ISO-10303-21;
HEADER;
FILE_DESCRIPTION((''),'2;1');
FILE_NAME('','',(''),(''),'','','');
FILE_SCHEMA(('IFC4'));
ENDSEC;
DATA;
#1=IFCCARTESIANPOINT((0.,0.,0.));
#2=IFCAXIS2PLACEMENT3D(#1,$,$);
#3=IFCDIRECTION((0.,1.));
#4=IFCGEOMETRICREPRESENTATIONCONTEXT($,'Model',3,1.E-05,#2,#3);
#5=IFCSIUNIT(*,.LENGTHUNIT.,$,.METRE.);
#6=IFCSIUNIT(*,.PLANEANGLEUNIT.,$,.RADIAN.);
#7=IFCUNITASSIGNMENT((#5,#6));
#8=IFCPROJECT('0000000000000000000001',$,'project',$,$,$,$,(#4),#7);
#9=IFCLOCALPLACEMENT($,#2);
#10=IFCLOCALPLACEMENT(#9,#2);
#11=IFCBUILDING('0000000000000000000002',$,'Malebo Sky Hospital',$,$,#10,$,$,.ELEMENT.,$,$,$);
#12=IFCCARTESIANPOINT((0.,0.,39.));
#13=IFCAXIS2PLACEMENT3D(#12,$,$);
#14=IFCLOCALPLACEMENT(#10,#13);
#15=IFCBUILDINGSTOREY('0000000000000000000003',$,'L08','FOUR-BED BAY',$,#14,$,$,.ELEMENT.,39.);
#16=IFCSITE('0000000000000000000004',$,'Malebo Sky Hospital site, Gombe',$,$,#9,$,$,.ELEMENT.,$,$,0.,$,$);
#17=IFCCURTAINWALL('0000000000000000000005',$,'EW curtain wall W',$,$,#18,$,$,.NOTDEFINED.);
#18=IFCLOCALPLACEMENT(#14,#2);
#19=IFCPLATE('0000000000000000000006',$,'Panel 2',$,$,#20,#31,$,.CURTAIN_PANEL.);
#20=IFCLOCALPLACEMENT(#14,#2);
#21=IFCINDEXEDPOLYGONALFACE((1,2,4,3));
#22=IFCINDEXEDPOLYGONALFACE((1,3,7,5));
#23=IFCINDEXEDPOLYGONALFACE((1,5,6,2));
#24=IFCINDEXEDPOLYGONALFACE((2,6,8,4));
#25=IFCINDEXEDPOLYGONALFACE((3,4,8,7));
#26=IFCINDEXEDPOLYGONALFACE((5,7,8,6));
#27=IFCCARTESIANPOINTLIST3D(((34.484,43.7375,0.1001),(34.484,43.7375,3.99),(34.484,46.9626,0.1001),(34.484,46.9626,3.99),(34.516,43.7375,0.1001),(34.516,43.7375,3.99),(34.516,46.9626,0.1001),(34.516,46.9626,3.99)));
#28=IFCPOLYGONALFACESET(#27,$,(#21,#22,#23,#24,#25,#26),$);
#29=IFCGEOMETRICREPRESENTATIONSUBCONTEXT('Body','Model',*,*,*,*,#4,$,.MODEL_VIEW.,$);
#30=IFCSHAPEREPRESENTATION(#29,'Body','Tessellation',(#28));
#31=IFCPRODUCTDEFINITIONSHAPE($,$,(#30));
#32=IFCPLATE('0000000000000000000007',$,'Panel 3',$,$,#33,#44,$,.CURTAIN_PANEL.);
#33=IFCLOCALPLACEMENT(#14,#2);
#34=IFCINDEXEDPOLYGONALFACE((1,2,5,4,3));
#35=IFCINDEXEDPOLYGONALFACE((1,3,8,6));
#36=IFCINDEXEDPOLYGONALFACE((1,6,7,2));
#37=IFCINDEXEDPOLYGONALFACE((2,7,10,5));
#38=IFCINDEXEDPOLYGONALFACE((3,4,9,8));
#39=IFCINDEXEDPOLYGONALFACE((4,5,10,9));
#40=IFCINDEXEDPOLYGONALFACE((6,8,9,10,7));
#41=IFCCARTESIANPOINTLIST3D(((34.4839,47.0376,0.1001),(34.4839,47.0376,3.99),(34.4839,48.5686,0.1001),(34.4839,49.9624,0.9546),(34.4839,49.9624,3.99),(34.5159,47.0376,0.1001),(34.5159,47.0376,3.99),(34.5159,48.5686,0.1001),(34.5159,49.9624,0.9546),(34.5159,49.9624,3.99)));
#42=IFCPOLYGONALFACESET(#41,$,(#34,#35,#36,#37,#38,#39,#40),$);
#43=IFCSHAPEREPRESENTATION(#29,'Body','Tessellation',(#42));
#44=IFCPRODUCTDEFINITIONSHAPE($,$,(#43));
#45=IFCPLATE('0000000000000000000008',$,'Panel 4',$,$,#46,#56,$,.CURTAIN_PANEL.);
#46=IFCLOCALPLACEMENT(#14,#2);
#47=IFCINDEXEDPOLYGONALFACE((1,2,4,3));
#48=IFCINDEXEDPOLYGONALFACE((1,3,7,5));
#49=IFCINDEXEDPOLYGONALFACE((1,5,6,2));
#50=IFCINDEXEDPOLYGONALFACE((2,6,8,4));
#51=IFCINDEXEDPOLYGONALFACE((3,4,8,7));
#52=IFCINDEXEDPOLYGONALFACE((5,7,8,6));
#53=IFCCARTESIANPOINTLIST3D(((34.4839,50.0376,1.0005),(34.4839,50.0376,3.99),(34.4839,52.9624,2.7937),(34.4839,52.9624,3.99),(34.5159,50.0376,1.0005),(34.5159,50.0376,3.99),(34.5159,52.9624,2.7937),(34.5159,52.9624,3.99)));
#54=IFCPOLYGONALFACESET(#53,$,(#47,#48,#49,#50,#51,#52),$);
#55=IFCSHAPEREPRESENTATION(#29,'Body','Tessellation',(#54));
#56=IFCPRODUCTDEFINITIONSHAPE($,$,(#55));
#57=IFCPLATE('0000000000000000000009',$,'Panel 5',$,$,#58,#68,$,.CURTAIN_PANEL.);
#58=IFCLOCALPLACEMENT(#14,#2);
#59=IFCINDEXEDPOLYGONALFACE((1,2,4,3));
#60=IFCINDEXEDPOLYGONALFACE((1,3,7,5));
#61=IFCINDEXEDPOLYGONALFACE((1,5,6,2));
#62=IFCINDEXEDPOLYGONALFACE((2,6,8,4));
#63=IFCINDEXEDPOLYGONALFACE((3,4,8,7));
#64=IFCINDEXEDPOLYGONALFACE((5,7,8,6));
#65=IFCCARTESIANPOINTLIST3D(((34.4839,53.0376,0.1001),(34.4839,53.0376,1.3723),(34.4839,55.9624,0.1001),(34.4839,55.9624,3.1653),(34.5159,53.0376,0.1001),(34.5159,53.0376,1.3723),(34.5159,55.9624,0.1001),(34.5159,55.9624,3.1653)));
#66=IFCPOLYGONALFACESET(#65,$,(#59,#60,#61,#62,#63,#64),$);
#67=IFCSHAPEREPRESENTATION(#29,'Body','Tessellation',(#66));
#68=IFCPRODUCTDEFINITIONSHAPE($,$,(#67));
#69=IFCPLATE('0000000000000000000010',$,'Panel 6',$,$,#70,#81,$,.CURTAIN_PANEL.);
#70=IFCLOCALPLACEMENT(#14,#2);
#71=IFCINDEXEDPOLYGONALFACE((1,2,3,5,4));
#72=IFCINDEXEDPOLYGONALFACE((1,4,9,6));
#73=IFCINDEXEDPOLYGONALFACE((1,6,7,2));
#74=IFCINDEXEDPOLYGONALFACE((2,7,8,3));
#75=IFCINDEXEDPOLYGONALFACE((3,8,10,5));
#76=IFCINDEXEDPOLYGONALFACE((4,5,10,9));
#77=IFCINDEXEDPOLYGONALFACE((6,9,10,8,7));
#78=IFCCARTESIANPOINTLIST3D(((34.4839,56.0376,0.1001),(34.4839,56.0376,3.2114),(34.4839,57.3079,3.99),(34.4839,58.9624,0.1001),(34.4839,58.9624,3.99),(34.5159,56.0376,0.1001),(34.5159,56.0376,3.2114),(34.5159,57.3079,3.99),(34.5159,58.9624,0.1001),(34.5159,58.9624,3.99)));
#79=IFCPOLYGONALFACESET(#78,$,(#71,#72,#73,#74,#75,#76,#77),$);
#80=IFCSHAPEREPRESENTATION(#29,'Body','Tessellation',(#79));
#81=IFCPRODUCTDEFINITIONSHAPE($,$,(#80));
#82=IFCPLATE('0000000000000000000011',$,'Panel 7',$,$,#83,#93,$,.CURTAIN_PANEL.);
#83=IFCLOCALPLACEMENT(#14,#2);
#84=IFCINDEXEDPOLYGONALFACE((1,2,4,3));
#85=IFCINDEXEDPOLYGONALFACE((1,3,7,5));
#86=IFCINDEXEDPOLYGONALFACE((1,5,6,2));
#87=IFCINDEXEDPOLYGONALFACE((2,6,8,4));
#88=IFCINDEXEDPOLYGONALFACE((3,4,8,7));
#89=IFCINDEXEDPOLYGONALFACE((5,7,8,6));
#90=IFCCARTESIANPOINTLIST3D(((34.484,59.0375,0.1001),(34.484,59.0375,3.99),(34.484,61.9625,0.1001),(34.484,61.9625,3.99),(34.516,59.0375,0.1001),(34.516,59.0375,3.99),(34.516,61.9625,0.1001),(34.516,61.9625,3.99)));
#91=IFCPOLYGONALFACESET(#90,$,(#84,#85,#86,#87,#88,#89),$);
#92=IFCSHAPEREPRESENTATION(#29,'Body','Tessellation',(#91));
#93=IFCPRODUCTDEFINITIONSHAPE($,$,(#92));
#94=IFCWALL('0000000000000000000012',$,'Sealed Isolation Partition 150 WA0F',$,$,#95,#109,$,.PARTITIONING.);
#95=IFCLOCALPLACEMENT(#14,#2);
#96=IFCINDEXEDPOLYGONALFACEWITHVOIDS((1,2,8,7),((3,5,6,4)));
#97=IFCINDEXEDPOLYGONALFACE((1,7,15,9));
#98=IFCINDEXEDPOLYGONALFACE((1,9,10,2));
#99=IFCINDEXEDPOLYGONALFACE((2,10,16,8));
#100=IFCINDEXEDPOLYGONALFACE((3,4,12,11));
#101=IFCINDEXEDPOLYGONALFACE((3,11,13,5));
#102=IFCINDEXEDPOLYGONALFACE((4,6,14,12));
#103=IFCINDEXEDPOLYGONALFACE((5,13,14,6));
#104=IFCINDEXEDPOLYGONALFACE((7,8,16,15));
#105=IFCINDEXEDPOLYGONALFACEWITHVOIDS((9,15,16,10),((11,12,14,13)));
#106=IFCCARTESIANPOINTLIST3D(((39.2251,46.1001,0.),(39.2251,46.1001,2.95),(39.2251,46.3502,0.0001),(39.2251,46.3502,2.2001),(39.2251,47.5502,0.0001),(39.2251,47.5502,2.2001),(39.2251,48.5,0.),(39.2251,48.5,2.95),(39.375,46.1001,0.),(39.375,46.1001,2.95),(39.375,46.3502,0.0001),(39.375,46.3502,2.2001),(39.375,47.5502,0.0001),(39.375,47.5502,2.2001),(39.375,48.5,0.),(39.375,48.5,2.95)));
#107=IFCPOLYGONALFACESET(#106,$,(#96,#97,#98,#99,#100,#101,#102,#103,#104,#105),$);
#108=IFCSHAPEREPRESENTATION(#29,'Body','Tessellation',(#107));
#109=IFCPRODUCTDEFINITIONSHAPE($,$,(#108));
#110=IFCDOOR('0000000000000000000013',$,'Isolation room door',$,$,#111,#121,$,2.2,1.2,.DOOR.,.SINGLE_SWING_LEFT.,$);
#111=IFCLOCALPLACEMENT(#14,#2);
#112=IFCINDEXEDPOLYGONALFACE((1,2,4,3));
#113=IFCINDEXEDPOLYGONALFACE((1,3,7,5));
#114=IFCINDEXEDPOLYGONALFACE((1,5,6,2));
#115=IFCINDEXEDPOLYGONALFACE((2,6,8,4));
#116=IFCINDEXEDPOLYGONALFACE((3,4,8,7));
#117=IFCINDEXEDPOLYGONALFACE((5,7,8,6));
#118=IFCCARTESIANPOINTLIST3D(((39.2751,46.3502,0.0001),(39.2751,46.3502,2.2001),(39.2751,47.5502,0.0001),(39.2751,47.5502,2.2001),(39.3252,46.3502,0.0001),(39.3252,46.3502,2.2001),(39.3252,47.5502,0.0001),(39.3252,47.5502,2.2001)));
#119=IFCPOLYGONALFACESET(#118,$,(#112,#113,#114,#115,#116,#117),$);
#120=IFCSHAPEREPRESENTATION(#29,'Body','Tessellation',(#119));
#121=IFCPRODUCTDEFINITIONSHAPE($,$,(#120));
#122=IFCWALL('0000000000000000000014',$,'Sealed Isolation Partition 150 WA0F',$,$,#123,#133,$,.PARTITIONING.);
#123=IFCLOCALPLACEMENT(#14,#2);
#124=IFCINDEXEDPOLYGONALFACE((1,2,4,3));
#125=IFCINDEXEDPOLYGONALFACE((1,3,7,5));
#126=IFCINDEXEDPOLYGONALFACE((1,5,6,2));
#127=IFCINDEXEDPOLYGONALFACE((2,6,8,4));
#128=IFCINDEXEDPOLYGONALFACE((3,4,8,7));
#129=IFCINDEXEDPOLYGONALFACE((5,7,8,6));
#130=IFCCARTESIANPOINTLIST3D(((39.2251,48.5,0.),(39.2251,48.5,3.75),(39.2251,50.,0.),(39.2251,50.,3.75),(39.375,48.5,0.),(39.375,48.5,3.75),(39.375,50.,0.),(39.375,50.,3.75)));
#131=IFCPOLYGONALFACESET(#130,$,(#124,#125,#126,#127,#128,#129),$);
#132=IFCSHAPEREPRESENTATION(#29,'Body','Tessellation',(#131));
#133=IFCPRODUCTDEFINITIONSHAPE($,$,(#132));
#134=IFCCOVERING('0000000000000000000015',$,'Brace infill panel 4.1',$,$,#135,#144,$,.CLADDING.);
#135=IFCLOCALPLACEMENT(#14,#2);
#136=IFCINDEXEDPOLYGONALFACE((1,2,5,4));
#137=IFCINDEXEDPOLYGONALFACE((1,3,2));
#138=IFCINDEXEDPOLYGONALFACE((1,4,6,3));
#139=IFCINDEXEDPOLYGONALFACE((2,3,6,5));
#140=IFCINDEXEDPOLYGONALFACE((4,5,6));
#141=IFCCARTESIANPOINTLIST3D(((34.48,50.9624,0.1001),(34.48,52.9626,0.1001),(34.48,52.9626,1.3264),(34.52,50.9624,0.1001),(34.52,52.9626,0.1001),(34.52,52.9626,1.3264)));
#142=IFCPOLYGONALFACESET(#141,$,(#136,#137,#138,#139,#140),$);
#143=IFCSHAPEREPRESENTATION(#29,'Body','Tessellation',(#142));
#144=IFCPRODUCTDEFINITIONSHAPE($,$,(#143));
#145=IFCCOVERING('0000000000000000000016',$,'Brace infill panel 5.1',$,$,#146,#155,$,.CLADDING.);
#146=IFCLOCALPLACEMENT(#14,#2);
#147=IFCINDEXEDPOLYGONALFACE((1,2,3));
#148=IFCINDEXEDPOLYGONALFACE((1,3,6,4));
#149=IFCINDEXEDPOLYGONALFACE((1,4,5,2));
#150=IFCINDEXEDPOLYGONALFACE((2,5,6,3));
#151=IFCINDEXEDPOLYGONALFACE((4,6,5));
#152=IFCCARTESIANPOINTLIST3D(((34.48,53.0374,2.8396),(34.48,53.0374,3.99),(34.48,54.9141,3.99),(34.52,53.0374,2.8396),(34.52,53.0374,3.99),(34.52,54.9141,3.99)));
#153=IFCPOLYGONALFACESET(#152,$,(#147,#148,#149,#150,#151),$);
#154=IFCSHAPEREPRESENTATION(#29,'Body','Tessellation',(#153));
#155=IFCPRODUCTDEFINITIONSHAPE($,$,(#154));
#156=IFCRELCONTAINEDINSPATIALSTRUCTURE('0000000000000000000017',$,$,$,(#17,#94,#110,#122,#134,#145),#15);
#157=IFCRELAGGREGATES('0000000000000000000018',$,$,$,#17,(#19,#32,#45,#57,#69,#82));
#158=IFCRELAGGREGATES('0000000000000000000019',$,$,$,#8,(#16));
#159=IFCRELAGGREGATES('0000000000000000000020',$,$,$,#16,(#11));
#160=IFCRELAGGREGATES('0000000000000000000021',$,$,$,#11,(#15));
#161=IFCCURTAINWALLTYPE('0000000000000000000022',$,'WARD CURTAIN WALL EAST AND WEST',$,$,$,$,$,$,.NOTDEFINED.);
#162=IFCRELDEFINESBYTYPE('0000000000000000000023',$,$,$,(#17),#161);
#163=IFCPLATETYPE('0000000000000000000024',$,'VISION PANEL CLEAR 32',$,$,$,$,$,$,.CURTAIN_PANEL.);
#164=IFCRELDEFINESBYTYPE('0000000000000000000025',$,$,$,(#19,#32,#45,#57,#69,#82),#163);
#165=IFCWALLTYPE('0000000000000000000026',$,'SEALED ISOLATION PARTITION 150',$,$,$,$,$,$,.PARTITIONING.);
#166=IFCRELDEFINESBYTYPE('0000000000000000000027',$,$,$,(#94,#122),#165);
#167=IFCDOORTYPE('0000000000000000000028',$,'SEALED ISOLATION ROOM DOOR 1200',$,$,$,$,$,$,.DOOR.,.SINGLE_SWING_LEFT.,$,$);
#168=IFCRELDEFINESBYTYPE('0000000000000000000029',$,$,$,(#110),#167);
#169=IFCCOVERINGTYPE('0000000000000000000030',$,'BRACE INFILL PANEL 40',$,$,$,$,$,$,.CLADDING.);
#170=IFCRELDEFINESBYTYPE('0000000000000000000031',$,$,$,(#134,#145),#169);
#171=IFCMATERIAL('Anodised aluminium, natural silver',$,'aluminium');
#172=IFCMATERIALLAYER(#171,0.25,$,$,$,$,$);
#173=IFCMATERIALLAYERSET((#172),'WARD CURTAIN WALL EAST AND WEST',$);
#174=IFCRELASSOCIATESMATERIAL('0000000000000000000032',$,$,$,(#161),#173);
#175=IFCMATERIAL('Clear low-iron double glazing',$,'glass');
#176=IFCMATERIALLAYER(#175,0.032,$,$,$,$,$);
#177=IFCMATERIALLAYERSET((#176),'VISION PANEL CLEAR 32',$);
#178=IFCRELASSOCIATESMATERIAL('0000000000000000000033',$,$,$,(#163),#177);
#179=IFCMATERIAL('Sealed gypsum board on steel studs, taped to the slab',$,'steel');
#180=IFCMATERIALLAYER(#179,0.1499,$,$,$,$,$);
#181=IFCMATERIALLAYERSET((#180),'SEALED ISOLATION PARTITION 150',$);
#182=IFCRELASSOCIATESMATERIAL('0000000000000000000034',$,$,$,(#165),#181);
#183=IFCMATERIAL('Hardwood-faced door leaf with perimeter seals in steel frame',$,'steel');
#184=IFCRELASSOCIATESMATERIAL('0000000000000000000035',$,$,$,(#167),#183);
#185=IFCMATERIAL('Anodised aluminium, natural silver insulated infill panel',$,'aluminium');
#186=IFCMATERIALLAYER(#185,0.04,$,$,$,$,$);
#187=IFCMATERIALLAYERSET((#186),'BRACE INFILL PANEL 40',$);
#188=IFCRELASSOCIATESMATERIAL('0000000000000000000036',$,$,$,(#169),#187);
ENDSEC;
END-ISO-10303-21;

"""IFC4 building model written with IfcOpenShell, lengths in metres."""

from ifc_helpers import new_model, si_unit, direction, frame, frame_2d, origin, origin_2d, place, context, subcontext, project, spatial, polyline, rectangle, outline, extrude, material, layer, layer_set, type_object, element, fill, aggregate, save


model = new_model("IFC4")

# Units and contexts
model_context = context("Model", 3, precision=1e-05, world=origin(), true_north=direction((0.0, 1.0)))
body_context = subcontext(model_context, "Body", "Model", "MODEL_VIEW")
ifc_project = project(units=[si_unit("LENGTHUNIT", "METRE"), si_unit("PLANEANGLEUNIT", "RADIAN")], contexts=[model_context])

# Site, building, storey
site_placement = place(None, origin())
site = spatial("IfcSite", under=ifc_project, at=site_placement, Name="Malebo Sky Hospital site, Gombe", CompositionType="ELEMENT", RefElevation=0.0)
building_placement = place(site_placement, origin())
building = spatial("IfcBuilding", under=site, at=building_placement, Name="Malebo Sky Hospital", CompositionType="ELEMENT")
storey_placement = place(building_placement, frame((0.0, 0.0, 39.0)))
storey = spatial("IfcBuildingStorey", under=building, at=storey_placement, Name="L08", Description="FOUR-BED BAY", CompositionType="ELEMENT", Elevation=39.0)

# Curtain wall
ifc_material_1 = material(Name="Anodised aluminium, natural silver", Category="aluminium")
ifc_layer_1 = layer(ifc_material_1, 0.25)
ifc_layer_set_1 = layer_set([ifc_layer_1], Name="WARD CURTAIN WALL EAST AND WEST")
curtain_wall_type = type_object("IfcCurtainWallType", Name="WARD CURTAIN WALL EAST AND WEST", PredefinedType="NOTDEFINED", material=ifc_layer_set_1)
curtain_wall_placement = place(storey_placement, origin())
curtain_wall = element("IfcCurtainWall", 1, at=curtain_wall_placement, inside=storey, type_object=curtain_wall_type, Name="EW curtain wall W", PredefinedType="NOTDEFINED")

# Plates
ifc_material_2 = material(Name="Clear low-iron double glazing", Category="glass")
ifc_layer_2 = layer(ifc_material_2, 0.032)
ifc_layer_set_2 = layer_set([ifc_layer_2], Name="VISION PANEL CLEAR 32")
plate_type = type_object("IfcPlateType", Name="VISION PANEL CLEAR 32", PredefinedType="CURTAIN_PANEL", material=ifc_layer_set_2)
plate_1_placement = place(storey_placement, frame((34.5, 45.3501, 0.1001), z_axis=(0.0, 0.0, 1.0), x_axis=(0.0, 1.0, 0.0)))
plate_1 = element("IfcPlate", 2, at=plate_1_placement, type_object=plate_type, Name="Panel 2", PredefinedType="CURTAIN_PANEL", context=body_context, shape_type="SweptSolid", body=[
    extrude(rectangle(XDim=3.2251, YDim=0.032, at=origin_2d()), origin(), (0.0, 0.0, 1.0), 3.8899),
])
plate_2_placement = place(storey_placement, frame((34.5, 48.5, 0.1001), z_axis=(0.0, 0.0, 1.0), x_axis=(0.0, 1.0, 0.0)))
plate_2 = element("IfcPlate", 3, at=plate_2_placement, type_object=plate_type, Name="Panel 3", PredefinedType="CURTAIN_PANEL", context=body_context, shape_type="SweptSolid", body=[
    extrude(outline(polyline([(-1.4624, 0.0), (0.0686, 0.0), (1.4624, 0.8545), (1.4624, 3.8899), (-1.4624, 3.8899), (-1.4624, 0.0)])), frame((0.0, 0.0161, 0.0), z_axis=(0.0, -1.0, 0.0), x_axis=(1.0, 0.0, 0.0)), (0.0, 0.0, 1.0), 0.032),
])
plate_3_placement = place(storey_placement, frame((34.5, 51.5, 1.0005), z_axis=(0.0, 0.0, 1.0), x_axis=(0.0, 1.0, 0.0)))
plate_3 = element("IfcPlate", 4, at=plate_3_placement, type_object=plate_type, Name="Panel 4", PredefinedType="CURTAIN_PANEL", context=body_context, shape_type="SweptSolid", body=[
    extrude(outline(polyline([(-1.4624, 0.0), (1.4624, 1.7932), (1.4624, 2.9895), (-1.4624, 2.9895), (-1.4624, 0.0)])), frame((0.0, 0.0161, 0.0), z_axis=(0.0, -1.0, 0.0), x_axis=(1.0, 0.0, 0.0)), (0.0, 0.0, 1.0), 0.032),
])
plate_4_placement = place(storey_placement, frame((34.5, 54.5, 0.1001), z_axis=(0.0, 0.0, 1.0), x_axis=(0.0, 1.0, 0.0)))
plate_4 = element("IfcPlate", 5, at=plate_4_placement, type_object=plate_type, Name="Panel 5", PredefinedType="CURTAIN_PANEL", context=body_context, shape_type="SweptSolid", body=[
    extrude(outline(polyline([(-1.4624, 0.0), (1.4624, 0.0), (1.4624, 3.0652), (-1.4624, 1.2722), (-1.4624, 0.0)])), frame((0.0, 0.0161, 0.0), z_axis=(0.0, -1.0, 0.0), x_axis=(1.0, 0.0, 0.0)), (0.0, 0.0, 1.0), 0.032),
])
plate_5_placement = place(storey_placement, frame((34.5, 57.5, 0.1001), z_axis=(0.0, 0.0, 1.0), x_axis=(0.0, 1.0, 0.0)))
plate_5 = element("IfcPlate", 6, at=plate_5_placement, type_object=plate_type, Name="Panel 6", PredefinedType="CURTAIN_PANEL", context=body_context, shape_type="SweptSolid", body=[
    extrude(outline(polyline([(-1.4624, 0.0), (1.4624, 0.0), (1.4624, 3.8899), (-0.1921, 3.8899), (-1.4624, 3.1113), (-1.4624, 0.0)])), frame((0.0, 0.0161, 0.0), z_axis=(0.0, -1.0, 0.0), x_axis=(1.0, 0.0, 0.0)), (0.0, 0.0, 1.0), 0.032),
])
plate_6_placement = place(storey_placement, frame((34.5, 60.5, 0.1001), z_axis=(0.0, 0.0, 1.0), x_axis=(0.0, 1.0, 0.0)))
plate_6 = element("IfcPlate", 7, at=plate_6_placement, type_object=plate_type, Name="Panel 7", PredefinedType="CURTAIN_PANEL", context=body_context, shape_type="SweptSolid", body=[
    extrude(rectangle(XDim=2.925, YDim=0.032, at=origin_2d()), origin(), (0.0, 0.0, 1.0), 3.8899),
])
aggregate(curtain_wall, [plate_1, plate_2, plate_3, plate_4, plate_5, plate_6])

# Wall, opening, door
ifc_material_3 = material(Name="Sealed gypsum board on steel studs, taped to the slab", Category="steel")
ifc_layer_3 = layer(ifc_material_3, 0.1499)
ifc_layer_set_3 = layer_set([ifc_layer_3], Name="SEALED ISOLATION PARTITION 150")
wall_type = type_object("IfcWallType", Name="SEALED ISOLATION PARTITION 150", PredefinedType="PARTITIONING", material=ifc_layer_set_3)
wall_1_placement = place(storey_placement, frame((39.3, 46.1001, 0.0), z_axis=(0.0, 0.0, 1.0), x_axis=(0.0, 1.0, 0.0)))
wall_1 = element("IfcWall", 8, at=wall_1_placement, inside=storey, type_object=wall_type, Name="Sealed Isolation Partition 150 WA0F", PredefinedType="PARTITIONING", context=body_context, shape_type="SweptSolid", body=[
    extrude(rectangle(XDim=2.3999, YDim=0.1499, at=frame_2d((1.2, 0.0))), origin(), (0.0, 0.0, 1.0), 2.95),
])
opening_placement = place(wall_1_placement, frame((0.25, 0.0, 0.0)))
opening = element("IfcOpeningElement", 9, at=opening_placement, cuts=wall_1, PredefinedType="OPENING", context=body_context, shape_type="SweptSolid", body=[
    extrude(rectangle(XDim=1.2, YDim=2.2, at=frame_2d((0.6001, 1.1001))), frame((0.0, 0.085, 0.0), z_axis=(0.0, -1.0, 0.0), x_axis=(1.0, 0.0, 0.0)), (0.0, 0.0, 1.0), 0.1699),
])
ifc_material_4 = material(Name="Hardwood-faced door leaf with perimeter seals in steel frame", Category="steel")
door_type = type_object("IfcDoorType", Name="SEALED ISOLATION ROOM DOOR 1200", OperationType="SINGLE_SWING_LEFT", PredefinedType="DOOR", material=ifc_material_4)
door_placement = place(opening_placement, origin())
door = element("IfcDoor", 10, at=door_placement, inside=storey, type_object=door_type, Name="Isolation room door", OperationType="SINGLE_SWING_LEFT", OverallHeight=2.2, OverallWidth=1.2, PredefinedType="DOOR", context=body_context, shape_type="SweptSolid", body=[
    extrude(rectangle(XDim=1.2, YDim=2.2, at=frame_2d((0.6001, 1.1001))), frame((0.0, 0.0249, 0.0), z_axis=(0.0, -1.0, 0.0), x_axis=(1.0, 0.0, 0.0)), (0.0, 0.0, 1.0), 0.05),
])
fill(opening, door)

# Wall
wall_2_placement = place(storey_placement, frame((39.3, 48.5, 0.0), z_axis=(0.0, 0.0, 1.0), x_axis=(0.0, 1.0, 0.0)))
element("IfcWall", 11, at=wall_2_placement, inside=storey, type_object=wall_type, Name="Sealed Isolation Partition 150 WA0F", PredefinedType="PARTITIONING", context=body_context, shape_type="SweptSolid", body=[
    extrude(rectangle(XDim=1.5, YDim=0.1499, at=frame_2d((0.75, 0.0))), origin(), (0.0, 0.0, 1.0), 3.75),
])

# Coverings
ifc_material_5 = material(Name="Anodised aluminium, natural silver insulated infill panel", Category="aluminium")
ifc_layer_4 = layer(ifc_material_5, 0.04)
ifc_layer_set_4 = layer_set([ifc_layer_4], Name="BRACE INFILL PANEL 40")
covering_type = type_object("IfcCoveringType", Name="BRACE INFILL PANEL 40", PredefinedType="CLADDING", material=ifc_layer_set_4)
covering_1_placement = place(storey_placement, frame((34.5, 51.9624, 0.1001), z_axis=(0.0, 0.0, 1.0), x_axis=(0.0, 1.0, 0.0)))
element("IfcCovering", 12, at=covering_1_placement, inside=storey, type_object=covering_type, Name="Brace infill panel 4.1", PredefinedType="CLADDING", context=body_context, shape_type="SweptSolid", body=[
    extrude(outline(polyline([(-1.0, 0.0), (1.0002, 0.0), (1.0002, 1.2263), (-1.0, 0.0)])), frame((0.0, 0.02, 0.0), z_axis=(0.0, -1.0, 0.0), x_axis=(1.0, 0.0, 0.0)), (0.0, 0.0, 1.0), 0.04),
])
covering_2_placement = place(storey_placement, frame((34.5, 53.9758, 2.8396), z_axis=(0.0, 0.0, 1.0), x_axis=(0.0, 1.0, 0.0)))
element("IfcCovering", 13, at=covering_2_placement, inside=storey, type_object=covering_type, Name="Brace infill panel 5.1", PredefinedType="CLADDING", context=body_context, shape_type="SweptSolid", body=[
    extrude(outline(polyline([(-0.9385, 0.0), (0.9382, 1.1504), (-0.9385, 1.1504), (-0.9385, 0.0)])), frame((0.0, 0.02, 0.0), z_axis=(0.0, -1.0, 0.0), x_axis=(1.0, 0.0, 0.0)), (0.0, 0.0, 1.0), 0.04),
])

save(model, "model.ifc")
